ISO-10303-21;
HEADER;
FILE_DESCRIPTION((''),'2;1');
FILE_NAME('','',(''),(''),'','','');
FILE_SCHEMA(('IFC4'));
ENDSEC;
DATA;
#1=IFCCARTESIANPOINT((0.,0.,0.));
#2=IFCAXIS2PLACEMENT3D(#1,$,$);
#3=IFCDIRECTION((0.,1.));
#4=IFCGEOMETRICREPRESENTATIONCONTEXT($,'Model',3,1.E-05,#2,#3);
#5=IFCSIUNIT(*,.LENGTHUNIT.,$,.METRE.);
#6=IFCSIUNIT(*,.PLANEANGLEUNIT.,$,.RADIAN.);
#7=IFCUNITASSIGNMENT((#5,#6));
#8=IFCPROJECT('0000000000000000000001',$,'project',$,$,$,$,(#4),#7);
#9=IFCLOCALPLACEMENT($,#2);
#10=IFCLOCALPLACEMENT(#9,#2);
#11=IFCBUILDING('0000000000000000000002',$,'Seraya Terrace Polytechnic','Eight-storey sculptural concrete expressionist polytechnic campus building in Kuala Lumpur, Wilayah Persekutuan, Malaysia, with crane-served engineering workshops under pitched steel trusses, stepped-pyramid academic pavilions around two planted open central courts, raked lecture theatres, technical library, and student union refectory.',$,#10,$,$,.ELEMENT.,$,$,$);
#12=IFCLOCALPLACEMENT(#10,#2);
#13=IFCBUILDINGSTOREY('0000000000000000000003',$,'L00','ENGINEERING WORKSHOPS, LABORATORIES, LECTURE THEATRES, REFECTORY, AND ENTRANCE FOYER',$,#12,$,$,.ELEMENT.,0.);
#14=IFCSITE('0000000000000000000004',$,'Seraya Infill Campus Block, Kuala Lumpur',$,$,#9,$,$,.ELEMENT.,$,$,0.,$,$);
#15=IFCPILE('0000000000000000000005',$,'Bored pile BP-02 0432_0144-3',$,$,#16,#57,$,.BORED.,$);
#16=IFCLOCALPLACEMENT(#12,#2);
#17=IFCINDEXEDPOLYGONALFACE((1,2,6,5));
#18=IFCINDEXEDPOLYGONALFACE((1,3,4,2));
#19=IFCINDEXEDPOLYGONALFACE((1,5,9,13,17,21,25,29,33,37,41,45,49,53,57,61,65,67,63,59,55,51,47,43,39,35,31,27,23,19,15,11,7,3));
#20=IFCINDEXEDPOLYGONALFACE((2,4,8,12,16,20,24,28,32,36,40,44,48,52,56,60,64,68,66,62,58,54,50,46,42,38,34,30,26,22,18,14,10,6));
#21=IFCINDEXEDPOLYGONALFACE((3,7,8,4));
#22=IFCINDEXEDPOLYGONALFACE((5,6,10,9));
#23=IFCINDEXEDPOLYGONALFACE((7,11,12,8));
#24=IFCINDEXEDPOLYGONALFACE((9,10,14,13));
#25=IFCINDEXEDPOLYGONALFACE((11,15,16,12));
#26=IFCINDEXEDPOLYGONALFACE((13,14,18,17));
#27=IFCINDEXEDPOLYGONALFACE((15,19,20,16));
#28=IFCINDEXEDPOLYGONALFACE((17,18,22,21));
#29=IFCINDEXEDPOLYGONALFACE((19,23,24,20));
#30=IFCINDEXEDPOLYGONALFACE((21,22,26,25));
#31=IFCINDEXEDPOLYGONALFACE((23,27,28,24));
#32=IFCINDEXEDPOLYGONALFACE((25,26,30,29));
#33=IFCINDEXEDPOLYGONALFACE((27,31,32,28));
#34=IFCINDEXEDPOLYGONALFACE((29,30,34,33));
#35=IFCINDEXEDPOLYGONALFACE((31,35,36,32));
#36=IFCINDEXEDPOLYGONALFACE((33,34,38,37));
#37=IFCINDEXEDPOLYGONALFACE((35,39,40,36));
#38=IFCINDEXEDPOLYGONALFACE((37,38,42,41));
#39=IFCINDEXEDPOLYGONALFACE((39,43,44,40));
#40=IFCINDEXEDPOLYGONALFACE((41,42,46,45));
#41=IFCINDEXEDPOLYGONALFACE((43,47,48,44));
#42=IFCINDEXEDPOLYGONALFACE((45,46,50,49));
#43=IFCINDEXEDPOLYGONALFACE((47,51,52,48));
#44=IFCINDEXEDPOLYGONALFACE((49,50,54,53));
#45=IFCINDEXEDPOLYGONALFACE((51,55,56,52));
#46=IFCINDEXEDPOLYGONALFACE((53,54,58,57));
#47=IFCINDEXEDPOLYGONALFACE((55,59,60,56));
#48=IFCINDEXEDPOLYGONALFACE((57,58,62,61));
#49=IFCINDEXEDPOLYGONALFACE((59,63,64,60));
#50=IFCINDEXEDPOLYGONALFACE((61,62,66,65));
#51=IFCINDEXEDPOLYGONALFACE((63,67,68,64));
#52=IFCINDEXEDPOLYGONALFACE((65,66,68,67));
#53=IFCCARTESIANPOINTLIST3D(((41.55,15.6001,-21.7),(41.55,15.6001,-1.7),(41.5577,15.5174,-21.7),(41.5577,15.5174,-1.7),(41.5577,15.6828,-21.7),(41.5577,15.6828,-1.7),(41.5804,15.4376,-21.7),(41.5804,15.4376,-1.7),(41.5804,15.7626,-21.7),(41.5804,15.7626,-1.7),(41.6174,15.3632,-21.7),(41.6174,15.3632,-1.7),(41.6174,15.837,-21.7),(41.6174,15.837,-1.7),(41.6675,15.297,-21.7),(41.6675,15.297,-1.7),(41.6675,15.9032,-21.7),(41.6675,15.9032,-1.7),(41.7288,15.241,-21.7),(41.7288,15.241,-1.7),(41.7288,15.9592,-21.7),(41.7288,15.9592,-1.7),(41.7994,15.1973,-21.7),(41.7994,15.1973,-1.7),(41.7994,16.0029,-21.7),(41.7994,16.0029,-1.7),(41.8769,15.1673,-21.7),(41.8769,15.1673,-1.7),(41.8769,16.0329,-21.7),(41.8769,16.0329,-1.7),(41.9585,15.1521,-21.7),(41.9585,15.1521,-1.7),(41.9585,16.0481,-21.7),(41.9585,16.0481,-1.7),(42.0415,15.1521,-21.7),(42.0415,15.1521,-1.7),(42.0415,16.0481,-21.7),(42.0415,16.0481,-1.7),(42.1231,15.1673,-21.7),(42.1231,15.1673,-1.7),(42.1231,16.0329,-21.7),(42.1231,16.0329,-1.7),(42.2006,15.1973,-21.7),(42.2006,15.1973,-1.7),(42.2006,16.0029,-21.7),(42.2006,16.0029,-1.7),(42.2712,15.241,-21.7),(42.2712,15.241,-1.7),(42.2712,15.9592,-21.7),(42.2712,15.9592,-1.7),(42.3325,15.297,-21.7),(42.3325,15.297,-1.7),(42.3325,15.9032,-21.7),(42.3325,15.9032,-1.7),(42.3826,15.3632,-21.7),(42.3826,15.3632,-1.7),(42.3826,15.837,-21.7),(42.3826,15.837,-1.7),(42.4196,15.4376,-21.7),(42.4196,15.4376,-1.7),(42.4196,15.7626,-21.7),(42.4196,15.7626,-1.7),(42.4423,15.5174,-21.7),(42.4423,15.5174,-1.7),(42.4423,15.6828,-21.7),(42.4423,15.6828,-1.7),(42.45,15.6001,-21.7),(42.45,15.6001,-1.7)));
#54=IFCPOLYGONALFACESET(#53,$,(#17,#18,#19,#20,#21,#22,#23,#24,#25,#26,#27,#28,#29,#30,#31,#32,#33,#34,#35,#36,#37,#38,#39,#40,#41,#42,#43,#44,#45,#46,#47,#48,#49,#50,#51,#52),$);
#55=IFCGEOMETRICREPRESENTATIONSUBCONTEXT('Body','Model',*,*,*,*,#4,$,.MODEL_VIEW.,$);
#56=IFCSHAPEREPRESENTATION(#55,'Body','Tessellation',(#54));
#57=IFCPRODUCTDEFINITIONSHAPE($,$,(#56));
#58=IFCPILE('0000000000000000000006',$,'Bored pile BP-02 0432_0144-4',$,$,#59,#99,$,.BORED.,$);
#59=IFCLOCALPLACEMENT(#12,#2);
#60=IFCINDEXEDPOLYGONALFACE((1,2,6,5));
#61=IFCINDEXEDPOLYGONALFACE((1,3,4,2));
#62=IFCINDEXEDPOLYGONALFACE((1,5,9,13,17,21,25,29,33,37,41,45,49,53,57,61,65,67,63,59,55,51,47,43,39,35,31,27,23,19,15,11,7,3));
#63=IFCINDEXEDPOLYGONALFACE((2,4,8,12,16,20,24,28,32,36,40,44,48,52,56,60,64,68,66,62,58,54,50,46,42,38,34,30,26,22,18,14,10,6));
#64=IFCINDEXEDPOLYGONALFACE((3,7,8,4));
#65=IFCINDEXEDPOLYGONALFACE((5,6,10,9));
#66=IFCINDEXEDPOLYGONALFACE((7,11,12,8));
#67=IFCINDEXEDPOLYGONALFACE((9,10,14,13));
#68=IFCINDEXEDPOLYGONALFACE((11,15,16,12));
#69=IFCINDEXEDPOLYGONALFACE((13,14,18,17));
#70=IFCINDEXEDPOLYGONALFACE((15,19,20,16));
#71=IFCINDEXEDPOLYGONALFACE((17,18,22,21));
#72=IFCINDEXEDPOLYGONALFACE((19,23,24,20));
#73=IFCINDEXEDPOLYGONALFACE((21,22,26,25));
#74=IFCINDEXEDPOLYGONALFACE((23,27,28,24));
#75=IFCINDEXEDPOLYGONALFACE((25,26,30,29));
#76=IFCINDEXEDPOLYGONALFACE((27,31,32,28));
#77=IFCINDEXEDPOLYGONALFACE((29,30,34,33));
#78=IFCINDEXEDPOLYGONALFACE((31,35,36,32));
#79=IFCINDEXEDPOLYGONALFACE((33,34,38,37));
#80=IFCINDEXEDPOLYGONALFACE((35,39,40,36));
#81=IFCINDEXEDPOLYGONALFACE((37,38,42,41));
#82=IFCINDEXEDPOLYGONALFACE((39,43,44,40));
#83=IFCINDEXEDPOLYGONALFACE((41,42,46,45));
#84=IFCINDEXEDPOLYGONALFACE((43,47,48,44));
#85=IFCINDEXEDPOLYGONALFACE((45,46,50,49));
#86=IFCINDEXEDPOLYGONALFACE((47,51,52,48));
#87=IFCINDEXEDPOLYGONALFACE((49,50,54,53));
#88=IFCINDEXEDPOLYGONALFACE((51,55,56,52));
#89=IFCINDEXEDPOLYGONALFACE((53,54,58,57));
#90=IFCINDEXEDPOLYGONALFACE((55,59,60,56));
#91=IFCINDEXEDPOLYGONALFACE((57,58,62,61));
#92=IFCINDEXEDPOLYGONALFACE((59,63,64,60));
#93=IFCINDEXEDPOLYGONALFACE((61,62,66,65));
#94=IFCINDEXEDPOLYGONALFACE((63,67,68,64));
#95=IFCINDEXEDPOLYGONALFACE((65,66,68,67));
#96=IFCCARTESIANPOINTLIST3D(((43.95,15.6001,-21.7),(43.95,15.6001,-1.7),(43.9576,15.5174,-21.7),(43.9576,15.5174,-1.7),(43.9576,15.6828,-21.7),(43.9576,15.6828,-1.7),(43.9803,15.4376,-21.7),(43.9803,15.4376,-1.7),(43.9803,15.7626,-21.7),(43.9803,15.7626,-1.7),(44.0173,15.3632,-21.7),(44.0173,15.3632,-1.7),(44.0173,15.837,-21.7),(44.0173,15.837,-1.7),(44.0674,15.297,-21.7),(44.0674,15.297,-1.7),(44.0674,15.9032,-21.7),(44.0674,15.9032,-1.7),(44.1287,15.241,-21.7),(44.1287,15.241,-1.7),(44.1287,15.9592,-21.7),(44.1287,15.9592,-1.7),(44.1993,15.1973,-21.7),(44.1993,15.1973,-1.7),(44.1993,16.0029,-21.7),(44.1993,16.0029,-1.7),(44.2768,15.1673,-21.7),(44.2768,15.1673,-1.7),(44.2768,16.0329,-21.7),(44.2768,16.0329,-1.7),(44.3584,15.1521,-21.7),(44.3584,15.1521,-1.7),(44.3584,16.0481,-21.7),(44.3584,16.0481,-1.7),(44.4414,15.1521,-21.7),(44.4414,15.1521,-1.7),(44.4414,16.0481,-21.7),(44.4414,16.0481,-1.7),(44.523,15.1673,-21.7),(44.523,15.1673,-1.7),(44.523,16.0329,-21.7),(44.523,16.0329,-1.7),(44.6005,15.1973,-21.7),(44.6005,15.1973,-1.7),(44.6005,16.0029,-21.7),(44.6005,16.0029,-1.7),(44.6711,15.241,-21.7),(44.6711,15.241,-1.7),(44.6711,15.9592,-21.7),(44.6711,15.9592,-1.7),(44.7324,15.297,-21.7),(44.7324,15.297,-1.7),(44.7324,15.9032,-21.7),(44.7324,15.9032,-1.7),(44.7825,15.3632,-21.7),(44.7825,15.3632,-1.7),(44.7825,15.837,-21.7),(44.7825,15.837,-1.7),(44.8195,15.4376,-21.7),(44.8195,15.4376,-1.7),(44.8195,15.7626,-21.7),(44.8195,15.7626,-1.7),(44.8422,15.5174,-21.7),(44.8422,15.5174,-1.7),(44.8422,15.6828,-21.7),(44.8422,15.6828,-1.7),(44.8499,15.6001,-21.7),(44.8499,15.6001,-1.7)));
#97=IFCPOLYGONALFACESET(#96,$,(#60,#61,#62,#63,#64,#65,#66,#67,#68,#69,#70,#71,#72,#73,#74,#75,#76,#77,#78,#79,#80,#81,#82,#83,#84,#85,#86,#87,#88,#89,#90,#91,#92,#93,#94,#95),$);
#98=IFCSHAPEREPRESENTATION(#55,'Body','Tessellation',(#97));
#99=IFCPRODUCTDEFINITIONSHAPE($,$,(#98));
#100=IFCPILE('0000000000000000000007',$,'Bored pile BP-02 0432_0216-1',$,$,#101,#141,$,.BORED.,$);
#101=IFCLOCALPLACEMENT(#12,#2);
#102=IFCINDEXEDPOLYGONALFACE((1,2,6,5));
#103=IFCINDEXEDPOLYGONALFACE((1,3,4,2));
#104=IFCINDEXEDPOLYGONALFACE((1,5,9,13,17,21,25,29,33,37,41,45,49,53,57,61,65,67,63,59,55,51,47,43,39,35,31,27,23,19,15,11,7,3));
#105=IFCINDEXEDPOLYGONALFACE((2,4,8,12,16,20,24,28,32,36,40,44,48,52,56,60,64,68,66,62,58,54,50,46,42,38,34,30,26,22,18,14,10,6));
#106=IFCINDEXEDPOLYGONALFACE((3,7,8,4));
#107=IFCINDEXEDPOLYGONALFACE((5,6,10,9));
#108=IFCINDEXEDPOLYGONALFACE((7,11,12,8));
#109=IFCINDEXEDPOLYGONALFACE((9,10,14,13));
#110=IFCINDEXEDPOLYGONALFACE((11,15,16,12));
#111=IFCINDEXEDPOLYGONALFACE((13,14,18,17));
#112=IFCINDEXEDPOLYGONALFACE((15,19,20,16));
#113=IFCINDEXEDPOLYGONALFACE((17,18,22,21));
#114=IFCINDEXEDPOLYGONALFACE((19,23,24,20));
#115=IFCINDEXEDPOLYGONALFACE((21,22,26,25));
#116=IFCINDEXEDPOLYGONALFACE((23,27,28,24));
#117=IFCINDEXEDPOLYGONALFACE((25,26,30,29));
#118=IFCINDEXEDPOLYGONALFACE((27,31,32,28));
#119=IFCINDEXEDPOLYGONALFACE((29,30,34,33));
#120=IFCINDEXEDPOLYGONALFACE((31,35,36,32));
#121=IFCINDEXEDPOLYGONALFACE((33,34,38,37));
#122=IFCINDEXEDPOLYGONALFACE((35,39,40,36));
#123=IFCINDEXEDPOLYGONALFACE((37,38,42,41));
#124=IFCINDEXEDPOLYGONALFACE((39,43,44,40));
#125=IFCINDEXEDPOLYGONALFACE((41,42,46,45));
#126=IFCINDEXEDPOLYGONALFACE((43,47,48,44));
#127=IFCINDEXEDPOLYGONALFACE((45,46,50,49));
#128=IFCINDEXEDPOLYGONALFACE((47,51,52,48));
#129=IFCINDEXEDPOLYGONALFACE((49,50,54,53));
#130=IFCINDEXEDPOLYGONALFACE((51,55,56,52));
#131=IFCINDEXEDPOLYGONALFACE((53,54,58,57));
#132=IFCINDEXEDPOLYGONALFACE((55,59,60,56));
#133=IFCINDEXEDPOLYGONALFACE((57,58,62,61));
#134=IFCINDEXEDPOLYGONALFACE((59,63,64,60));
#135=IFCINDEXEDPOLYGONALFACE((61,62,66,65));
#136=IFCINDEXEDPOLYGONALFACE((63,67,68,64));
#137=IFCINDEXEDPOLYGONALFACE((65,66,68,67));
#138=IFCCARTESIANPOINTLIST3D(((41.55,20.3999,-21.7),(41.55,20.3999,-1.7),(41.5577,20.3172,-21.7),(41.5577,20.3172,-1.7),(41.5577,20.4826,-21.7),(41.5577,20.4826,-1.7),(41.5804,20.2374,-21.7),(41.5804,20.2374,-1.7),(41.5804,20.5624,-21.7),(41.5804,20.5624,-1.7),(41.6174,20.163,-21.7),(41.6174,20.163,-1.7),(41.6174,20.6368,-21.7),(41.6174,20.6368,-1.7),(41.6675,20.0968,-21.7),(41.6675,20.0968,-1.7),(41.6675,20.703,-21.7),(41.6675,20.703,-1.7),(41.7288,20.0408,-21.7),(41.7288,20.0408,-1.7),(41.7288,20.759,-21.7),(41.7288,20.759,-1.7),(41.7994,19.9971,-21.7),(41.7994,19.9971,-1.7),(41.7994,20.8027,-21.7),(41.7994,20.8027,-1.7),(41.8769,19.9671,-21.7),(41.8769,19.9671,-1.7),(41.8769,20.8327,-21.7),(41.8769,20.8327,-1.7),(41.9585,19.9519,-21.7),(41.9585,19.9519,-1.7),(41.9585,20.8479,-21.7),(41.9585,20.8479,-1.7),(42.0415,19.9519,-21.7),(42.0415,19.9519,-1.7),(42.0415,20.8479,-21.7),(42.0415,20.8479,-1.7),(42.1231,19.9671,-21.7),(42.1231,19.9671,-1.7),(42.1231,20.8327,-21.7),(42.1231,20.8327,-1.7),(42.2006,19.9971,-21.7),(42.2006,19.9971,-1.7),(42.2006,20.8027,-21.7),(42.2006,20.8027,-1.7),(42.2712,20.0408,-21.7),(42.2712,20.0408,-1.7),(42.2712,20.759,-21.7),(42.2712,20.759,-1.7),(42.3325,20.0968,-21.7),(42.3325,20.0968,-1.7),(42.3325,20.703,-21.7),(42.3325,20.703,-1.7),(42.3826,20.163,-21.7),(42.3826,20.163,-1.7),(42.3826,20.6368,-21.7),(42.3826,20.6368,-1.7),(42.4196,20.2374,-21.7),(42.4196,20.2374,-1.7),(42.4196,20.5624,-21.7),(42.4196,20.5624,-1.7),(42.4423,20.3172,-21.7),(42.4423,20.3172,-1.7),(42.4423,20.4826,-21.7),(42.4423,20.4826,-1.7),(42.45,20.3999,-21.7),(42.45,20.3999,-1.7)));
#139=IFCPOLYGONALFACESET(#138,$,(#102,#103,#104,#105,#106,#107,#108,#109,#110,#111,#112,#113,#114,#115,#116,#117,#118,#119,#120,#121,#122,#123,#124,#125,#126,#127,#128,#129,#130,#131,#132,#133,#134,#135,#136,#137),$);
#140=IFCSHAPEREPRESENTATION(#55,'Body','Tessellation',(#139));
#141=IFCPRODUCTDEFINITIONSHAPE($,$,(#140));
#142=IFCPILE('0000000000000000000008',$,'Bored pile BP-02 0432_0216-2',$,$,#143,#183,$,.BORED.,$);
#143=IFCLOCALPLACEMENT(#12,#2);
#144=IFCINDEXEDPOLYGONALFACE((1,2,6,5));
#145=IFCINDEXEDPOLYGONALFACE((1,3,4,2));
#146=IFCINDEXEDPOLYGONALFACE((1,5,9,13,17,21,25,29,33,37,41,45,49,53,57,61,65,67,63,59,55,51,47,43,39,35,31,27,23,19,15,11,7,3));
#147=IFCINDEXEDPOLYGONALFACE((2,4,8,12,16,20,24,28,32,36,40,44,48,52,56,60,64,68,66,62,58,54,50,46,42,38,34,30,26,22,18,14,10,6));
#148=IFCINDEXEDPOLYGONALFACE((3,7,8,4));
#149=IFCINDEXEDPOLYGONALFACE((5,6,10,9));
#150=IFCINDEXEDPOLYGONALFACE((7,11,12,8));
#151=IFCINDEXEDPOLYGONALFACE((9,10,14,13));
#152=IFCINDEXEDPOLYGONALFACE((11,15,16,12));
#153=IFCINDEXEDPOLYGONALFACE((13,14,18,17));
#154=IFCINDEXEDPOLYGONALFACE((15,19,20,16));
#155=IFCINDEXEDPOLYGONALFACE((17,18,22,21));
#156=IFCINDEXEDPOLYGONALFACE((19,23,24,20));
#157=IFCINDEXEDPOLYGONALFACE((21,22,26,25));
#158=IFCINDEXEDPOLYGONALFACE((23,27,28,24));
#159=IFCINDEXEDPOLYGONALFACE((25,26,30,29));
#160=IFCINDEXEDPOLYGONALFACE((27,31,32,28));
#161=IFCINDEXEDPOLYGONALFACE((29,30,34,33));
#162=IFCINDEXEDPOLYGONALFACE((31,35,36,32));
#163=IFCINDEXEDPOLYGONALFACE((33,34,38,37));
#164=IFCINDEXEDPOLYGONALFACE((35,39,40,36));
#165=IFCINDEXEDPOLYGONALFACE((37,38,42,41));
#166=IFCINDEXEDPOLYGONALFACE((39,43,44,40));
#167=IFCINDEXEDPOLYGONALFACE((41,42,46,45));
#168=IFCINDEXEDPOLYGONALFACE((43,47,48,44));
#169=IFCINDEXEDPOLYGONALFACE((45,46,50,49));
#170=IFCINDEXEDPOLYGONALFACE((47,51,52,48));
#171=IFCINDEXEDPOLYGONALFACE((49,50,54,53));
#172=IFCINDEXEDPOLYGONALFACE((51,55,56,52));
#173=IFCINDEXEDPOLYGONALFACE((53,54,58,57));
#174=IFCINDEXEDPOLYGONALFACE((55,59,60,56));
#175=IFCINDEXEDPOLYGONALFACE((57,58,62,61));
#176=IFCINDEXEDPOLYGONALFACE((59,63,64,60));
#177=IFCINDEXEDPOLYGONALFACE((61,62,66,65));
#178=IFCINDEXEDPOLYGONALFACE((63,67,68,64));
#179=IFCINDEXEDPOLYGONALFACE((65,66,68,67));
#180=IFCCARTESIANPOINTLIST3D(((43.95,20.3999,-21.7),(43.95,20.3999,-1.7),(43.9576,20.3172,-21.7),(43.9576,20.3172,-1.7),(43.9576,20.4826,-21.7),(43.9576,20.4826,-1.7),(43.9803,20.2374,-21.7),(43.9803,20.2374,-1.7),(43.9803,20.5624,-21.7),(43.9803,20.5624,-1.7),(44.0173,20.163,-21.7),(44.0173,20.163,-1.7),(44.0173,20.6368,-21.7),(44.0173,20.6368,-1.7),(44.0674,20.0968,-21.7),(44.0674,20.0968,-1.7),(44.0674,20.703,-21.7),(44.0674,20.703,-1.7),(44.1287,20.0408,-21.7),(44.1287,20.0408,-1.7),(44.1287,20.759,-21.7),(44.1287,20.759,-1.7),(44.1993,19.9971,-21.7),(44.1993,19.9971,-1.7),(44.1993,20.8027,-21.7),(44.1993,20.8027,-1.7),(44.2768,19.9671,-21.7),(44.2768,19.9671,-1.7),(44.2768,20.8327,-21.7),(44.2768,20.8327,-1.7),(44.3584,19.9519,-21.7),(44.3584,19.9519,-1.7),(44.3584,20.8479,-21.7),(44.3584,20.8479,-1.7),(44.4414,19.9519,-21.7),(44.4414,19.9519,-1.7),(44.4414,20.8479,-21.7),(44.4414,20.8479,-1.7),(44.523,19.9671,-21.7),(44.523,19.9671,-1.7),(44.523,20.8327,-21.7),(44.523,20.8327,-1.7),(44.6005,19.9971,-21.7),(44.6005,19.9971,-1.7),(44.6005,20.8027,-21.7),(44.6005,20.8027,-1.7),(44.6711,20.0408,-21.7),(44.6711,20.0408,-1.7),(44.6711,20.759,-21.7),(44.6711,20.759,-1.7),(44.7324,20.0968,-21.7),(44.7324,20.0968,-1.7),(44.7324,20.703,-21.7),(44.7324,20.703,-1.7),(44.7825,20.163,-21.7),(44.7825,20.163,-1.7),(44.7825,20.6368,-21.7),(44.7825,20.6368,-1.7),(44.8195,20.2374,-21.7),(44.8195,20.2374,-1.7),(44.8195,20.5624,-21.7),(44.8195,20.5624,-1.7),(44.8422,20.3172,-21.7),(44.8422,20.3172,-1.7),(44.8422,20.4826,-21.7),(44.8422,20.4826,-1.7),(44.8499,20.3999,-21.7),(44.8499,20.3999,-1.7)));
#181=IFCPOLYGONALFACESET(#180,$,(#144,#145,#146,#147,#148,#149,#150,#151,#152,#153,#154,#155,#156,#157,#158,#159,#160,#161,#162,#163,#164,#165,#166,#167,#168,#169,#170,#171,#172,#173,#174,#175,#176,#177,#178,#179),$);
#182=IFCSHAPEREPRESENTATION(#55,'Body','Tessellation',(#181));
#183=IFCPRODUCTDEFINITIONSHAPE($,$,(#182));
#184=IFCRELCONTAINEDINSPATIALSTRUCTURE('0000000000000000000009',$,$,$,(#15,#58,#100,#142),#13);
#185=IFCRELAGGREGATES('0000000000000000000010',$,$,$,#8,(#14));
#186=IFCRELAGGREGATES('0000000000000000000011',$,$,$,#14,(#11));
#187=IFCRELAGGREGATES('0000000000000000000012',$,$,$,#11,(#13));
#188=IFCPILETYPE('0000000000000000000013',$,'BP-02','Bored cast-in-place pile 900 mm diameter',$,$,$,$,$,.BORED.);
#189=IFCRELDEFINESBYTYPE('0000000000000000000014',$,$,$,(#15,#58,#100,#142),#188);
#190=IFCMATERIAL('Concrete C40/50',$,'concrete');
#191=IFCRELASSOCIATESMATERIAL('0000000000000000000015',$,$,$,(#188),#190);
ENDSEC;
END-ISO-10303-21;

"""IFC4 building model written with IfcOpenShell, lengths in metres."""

from ifc_helpers import new_model, si_unit, direction, frame, origin, origin_2d, place, context, subcontext, project, spatial, circle, extrude, material, material_profile, profile_set, type_object, element, save


model = new_model("IFC4")

# Units and contexts
model_context = context("Model", 3, precision=1e-05, world=origin(), true_north=direction((0.0, 1.0)))
body_context = subcontext(model_context, "Body", "Model", "MODEL_VIEW")
ifc_project = project(units=[si_unit("LENGTHUNIT", "METRE"), si_unit("PLANEANGLEUNIT", "RADIAN")], contexts=[model_context])

# Site, building, storey
site_placement = place(None, origin())
site = spatial("IfcSite", under=ifc_project, at=site_placement, Name="Seraya Infill Campus Block, Kuala Lumpur", CompositionType="ELEMENT", RefElevation=0.0)
building_placement = place(site_placement, origin())
building = spatial("IfcBuilding", under=site, at=building_placement, Name="Seraya Terrace Polytechnic", Description="Eight-storey sculptural concrete expressionist polytechnic campus building in Kuala Lumpur, Wilayah Persekutuan, Malaysia, with crane-served engineering workshops under pitched steel trusses, stepped-pyramid academic pavilions around two planted open central courts, raked lecture theatres, technical library, and student union refectory.", CompositionType="ELEMENT")
storey_placement = place(building_placement, origin())
storey = spatial("IfcBuildingStorey", under=building, at=storey_placement, Name="L00", Description="ENGINEERING WORKSHOPS, LABORATORIES, LECTURE THEATRES, REFECTORY, AND ENTRANCE FOYER", CompositionType="ELEMENT", Elevation=0.0)

# Piles
ifc_material_1 = material(Name="Concrete C40/50", Category="concrete")
ifc_material_profile_1 = material_profile(ifc_material_1, circle(Radius=0.45, at=origin_2d()), Name="DIA 900")
ifc_profile_set_1 = profile_set([ifc_material_profile_1], Name="Concrete C40/50")
pile_type_1 = type_object("IfcPileType", Name="BP-02", Description="Bored cast-in-place pile 900 mm diameter", PredefinedType="BORED", material=ifc_profile_set_1)
for number, where, z_axis, x_axis, name in (
    (1, (42.0, 15.6001, -1.7), (0.0, 0.0, -1.0), (1.0, 0.0, 0.0), "Bored pile BP-02 0432_0144-3"),
    (2, (44.3999, 15.6001, -1.7), (0.0, 0.0, -1.0), (1.0, 0.0, 0.0), "Bored pile BP-02 0432_0144-4"),
    (3, (42.0, 20.3999, -1.7), (0.0, 0.0, -1.0), (1.0, 0.0, 0.0), "Bored pile BP-02 0432_0216-1"),
    (4, (44.3999, 20.3999, -1.7), (0.0, 0.0, -1.0), (1.0, 0.0, 0.0), "Bored pile BP-02 0432_0216-2"),
):
    element("IfcPile", number, at=place(storey_placement, frame(where, z_axis=z_axis, x_axis=x_axis)), inside=storey, type_object=pile_type_1, Name=name, PredefinedType="BORED", context=body_context, shape_type="SweptSolid", body=[
        extrude(circle(Radius=0.45, at=origin_2d()), origin(), (0.0, 0.0, 1.0), 20.0),
    ])

save(model, "model.ifc")
